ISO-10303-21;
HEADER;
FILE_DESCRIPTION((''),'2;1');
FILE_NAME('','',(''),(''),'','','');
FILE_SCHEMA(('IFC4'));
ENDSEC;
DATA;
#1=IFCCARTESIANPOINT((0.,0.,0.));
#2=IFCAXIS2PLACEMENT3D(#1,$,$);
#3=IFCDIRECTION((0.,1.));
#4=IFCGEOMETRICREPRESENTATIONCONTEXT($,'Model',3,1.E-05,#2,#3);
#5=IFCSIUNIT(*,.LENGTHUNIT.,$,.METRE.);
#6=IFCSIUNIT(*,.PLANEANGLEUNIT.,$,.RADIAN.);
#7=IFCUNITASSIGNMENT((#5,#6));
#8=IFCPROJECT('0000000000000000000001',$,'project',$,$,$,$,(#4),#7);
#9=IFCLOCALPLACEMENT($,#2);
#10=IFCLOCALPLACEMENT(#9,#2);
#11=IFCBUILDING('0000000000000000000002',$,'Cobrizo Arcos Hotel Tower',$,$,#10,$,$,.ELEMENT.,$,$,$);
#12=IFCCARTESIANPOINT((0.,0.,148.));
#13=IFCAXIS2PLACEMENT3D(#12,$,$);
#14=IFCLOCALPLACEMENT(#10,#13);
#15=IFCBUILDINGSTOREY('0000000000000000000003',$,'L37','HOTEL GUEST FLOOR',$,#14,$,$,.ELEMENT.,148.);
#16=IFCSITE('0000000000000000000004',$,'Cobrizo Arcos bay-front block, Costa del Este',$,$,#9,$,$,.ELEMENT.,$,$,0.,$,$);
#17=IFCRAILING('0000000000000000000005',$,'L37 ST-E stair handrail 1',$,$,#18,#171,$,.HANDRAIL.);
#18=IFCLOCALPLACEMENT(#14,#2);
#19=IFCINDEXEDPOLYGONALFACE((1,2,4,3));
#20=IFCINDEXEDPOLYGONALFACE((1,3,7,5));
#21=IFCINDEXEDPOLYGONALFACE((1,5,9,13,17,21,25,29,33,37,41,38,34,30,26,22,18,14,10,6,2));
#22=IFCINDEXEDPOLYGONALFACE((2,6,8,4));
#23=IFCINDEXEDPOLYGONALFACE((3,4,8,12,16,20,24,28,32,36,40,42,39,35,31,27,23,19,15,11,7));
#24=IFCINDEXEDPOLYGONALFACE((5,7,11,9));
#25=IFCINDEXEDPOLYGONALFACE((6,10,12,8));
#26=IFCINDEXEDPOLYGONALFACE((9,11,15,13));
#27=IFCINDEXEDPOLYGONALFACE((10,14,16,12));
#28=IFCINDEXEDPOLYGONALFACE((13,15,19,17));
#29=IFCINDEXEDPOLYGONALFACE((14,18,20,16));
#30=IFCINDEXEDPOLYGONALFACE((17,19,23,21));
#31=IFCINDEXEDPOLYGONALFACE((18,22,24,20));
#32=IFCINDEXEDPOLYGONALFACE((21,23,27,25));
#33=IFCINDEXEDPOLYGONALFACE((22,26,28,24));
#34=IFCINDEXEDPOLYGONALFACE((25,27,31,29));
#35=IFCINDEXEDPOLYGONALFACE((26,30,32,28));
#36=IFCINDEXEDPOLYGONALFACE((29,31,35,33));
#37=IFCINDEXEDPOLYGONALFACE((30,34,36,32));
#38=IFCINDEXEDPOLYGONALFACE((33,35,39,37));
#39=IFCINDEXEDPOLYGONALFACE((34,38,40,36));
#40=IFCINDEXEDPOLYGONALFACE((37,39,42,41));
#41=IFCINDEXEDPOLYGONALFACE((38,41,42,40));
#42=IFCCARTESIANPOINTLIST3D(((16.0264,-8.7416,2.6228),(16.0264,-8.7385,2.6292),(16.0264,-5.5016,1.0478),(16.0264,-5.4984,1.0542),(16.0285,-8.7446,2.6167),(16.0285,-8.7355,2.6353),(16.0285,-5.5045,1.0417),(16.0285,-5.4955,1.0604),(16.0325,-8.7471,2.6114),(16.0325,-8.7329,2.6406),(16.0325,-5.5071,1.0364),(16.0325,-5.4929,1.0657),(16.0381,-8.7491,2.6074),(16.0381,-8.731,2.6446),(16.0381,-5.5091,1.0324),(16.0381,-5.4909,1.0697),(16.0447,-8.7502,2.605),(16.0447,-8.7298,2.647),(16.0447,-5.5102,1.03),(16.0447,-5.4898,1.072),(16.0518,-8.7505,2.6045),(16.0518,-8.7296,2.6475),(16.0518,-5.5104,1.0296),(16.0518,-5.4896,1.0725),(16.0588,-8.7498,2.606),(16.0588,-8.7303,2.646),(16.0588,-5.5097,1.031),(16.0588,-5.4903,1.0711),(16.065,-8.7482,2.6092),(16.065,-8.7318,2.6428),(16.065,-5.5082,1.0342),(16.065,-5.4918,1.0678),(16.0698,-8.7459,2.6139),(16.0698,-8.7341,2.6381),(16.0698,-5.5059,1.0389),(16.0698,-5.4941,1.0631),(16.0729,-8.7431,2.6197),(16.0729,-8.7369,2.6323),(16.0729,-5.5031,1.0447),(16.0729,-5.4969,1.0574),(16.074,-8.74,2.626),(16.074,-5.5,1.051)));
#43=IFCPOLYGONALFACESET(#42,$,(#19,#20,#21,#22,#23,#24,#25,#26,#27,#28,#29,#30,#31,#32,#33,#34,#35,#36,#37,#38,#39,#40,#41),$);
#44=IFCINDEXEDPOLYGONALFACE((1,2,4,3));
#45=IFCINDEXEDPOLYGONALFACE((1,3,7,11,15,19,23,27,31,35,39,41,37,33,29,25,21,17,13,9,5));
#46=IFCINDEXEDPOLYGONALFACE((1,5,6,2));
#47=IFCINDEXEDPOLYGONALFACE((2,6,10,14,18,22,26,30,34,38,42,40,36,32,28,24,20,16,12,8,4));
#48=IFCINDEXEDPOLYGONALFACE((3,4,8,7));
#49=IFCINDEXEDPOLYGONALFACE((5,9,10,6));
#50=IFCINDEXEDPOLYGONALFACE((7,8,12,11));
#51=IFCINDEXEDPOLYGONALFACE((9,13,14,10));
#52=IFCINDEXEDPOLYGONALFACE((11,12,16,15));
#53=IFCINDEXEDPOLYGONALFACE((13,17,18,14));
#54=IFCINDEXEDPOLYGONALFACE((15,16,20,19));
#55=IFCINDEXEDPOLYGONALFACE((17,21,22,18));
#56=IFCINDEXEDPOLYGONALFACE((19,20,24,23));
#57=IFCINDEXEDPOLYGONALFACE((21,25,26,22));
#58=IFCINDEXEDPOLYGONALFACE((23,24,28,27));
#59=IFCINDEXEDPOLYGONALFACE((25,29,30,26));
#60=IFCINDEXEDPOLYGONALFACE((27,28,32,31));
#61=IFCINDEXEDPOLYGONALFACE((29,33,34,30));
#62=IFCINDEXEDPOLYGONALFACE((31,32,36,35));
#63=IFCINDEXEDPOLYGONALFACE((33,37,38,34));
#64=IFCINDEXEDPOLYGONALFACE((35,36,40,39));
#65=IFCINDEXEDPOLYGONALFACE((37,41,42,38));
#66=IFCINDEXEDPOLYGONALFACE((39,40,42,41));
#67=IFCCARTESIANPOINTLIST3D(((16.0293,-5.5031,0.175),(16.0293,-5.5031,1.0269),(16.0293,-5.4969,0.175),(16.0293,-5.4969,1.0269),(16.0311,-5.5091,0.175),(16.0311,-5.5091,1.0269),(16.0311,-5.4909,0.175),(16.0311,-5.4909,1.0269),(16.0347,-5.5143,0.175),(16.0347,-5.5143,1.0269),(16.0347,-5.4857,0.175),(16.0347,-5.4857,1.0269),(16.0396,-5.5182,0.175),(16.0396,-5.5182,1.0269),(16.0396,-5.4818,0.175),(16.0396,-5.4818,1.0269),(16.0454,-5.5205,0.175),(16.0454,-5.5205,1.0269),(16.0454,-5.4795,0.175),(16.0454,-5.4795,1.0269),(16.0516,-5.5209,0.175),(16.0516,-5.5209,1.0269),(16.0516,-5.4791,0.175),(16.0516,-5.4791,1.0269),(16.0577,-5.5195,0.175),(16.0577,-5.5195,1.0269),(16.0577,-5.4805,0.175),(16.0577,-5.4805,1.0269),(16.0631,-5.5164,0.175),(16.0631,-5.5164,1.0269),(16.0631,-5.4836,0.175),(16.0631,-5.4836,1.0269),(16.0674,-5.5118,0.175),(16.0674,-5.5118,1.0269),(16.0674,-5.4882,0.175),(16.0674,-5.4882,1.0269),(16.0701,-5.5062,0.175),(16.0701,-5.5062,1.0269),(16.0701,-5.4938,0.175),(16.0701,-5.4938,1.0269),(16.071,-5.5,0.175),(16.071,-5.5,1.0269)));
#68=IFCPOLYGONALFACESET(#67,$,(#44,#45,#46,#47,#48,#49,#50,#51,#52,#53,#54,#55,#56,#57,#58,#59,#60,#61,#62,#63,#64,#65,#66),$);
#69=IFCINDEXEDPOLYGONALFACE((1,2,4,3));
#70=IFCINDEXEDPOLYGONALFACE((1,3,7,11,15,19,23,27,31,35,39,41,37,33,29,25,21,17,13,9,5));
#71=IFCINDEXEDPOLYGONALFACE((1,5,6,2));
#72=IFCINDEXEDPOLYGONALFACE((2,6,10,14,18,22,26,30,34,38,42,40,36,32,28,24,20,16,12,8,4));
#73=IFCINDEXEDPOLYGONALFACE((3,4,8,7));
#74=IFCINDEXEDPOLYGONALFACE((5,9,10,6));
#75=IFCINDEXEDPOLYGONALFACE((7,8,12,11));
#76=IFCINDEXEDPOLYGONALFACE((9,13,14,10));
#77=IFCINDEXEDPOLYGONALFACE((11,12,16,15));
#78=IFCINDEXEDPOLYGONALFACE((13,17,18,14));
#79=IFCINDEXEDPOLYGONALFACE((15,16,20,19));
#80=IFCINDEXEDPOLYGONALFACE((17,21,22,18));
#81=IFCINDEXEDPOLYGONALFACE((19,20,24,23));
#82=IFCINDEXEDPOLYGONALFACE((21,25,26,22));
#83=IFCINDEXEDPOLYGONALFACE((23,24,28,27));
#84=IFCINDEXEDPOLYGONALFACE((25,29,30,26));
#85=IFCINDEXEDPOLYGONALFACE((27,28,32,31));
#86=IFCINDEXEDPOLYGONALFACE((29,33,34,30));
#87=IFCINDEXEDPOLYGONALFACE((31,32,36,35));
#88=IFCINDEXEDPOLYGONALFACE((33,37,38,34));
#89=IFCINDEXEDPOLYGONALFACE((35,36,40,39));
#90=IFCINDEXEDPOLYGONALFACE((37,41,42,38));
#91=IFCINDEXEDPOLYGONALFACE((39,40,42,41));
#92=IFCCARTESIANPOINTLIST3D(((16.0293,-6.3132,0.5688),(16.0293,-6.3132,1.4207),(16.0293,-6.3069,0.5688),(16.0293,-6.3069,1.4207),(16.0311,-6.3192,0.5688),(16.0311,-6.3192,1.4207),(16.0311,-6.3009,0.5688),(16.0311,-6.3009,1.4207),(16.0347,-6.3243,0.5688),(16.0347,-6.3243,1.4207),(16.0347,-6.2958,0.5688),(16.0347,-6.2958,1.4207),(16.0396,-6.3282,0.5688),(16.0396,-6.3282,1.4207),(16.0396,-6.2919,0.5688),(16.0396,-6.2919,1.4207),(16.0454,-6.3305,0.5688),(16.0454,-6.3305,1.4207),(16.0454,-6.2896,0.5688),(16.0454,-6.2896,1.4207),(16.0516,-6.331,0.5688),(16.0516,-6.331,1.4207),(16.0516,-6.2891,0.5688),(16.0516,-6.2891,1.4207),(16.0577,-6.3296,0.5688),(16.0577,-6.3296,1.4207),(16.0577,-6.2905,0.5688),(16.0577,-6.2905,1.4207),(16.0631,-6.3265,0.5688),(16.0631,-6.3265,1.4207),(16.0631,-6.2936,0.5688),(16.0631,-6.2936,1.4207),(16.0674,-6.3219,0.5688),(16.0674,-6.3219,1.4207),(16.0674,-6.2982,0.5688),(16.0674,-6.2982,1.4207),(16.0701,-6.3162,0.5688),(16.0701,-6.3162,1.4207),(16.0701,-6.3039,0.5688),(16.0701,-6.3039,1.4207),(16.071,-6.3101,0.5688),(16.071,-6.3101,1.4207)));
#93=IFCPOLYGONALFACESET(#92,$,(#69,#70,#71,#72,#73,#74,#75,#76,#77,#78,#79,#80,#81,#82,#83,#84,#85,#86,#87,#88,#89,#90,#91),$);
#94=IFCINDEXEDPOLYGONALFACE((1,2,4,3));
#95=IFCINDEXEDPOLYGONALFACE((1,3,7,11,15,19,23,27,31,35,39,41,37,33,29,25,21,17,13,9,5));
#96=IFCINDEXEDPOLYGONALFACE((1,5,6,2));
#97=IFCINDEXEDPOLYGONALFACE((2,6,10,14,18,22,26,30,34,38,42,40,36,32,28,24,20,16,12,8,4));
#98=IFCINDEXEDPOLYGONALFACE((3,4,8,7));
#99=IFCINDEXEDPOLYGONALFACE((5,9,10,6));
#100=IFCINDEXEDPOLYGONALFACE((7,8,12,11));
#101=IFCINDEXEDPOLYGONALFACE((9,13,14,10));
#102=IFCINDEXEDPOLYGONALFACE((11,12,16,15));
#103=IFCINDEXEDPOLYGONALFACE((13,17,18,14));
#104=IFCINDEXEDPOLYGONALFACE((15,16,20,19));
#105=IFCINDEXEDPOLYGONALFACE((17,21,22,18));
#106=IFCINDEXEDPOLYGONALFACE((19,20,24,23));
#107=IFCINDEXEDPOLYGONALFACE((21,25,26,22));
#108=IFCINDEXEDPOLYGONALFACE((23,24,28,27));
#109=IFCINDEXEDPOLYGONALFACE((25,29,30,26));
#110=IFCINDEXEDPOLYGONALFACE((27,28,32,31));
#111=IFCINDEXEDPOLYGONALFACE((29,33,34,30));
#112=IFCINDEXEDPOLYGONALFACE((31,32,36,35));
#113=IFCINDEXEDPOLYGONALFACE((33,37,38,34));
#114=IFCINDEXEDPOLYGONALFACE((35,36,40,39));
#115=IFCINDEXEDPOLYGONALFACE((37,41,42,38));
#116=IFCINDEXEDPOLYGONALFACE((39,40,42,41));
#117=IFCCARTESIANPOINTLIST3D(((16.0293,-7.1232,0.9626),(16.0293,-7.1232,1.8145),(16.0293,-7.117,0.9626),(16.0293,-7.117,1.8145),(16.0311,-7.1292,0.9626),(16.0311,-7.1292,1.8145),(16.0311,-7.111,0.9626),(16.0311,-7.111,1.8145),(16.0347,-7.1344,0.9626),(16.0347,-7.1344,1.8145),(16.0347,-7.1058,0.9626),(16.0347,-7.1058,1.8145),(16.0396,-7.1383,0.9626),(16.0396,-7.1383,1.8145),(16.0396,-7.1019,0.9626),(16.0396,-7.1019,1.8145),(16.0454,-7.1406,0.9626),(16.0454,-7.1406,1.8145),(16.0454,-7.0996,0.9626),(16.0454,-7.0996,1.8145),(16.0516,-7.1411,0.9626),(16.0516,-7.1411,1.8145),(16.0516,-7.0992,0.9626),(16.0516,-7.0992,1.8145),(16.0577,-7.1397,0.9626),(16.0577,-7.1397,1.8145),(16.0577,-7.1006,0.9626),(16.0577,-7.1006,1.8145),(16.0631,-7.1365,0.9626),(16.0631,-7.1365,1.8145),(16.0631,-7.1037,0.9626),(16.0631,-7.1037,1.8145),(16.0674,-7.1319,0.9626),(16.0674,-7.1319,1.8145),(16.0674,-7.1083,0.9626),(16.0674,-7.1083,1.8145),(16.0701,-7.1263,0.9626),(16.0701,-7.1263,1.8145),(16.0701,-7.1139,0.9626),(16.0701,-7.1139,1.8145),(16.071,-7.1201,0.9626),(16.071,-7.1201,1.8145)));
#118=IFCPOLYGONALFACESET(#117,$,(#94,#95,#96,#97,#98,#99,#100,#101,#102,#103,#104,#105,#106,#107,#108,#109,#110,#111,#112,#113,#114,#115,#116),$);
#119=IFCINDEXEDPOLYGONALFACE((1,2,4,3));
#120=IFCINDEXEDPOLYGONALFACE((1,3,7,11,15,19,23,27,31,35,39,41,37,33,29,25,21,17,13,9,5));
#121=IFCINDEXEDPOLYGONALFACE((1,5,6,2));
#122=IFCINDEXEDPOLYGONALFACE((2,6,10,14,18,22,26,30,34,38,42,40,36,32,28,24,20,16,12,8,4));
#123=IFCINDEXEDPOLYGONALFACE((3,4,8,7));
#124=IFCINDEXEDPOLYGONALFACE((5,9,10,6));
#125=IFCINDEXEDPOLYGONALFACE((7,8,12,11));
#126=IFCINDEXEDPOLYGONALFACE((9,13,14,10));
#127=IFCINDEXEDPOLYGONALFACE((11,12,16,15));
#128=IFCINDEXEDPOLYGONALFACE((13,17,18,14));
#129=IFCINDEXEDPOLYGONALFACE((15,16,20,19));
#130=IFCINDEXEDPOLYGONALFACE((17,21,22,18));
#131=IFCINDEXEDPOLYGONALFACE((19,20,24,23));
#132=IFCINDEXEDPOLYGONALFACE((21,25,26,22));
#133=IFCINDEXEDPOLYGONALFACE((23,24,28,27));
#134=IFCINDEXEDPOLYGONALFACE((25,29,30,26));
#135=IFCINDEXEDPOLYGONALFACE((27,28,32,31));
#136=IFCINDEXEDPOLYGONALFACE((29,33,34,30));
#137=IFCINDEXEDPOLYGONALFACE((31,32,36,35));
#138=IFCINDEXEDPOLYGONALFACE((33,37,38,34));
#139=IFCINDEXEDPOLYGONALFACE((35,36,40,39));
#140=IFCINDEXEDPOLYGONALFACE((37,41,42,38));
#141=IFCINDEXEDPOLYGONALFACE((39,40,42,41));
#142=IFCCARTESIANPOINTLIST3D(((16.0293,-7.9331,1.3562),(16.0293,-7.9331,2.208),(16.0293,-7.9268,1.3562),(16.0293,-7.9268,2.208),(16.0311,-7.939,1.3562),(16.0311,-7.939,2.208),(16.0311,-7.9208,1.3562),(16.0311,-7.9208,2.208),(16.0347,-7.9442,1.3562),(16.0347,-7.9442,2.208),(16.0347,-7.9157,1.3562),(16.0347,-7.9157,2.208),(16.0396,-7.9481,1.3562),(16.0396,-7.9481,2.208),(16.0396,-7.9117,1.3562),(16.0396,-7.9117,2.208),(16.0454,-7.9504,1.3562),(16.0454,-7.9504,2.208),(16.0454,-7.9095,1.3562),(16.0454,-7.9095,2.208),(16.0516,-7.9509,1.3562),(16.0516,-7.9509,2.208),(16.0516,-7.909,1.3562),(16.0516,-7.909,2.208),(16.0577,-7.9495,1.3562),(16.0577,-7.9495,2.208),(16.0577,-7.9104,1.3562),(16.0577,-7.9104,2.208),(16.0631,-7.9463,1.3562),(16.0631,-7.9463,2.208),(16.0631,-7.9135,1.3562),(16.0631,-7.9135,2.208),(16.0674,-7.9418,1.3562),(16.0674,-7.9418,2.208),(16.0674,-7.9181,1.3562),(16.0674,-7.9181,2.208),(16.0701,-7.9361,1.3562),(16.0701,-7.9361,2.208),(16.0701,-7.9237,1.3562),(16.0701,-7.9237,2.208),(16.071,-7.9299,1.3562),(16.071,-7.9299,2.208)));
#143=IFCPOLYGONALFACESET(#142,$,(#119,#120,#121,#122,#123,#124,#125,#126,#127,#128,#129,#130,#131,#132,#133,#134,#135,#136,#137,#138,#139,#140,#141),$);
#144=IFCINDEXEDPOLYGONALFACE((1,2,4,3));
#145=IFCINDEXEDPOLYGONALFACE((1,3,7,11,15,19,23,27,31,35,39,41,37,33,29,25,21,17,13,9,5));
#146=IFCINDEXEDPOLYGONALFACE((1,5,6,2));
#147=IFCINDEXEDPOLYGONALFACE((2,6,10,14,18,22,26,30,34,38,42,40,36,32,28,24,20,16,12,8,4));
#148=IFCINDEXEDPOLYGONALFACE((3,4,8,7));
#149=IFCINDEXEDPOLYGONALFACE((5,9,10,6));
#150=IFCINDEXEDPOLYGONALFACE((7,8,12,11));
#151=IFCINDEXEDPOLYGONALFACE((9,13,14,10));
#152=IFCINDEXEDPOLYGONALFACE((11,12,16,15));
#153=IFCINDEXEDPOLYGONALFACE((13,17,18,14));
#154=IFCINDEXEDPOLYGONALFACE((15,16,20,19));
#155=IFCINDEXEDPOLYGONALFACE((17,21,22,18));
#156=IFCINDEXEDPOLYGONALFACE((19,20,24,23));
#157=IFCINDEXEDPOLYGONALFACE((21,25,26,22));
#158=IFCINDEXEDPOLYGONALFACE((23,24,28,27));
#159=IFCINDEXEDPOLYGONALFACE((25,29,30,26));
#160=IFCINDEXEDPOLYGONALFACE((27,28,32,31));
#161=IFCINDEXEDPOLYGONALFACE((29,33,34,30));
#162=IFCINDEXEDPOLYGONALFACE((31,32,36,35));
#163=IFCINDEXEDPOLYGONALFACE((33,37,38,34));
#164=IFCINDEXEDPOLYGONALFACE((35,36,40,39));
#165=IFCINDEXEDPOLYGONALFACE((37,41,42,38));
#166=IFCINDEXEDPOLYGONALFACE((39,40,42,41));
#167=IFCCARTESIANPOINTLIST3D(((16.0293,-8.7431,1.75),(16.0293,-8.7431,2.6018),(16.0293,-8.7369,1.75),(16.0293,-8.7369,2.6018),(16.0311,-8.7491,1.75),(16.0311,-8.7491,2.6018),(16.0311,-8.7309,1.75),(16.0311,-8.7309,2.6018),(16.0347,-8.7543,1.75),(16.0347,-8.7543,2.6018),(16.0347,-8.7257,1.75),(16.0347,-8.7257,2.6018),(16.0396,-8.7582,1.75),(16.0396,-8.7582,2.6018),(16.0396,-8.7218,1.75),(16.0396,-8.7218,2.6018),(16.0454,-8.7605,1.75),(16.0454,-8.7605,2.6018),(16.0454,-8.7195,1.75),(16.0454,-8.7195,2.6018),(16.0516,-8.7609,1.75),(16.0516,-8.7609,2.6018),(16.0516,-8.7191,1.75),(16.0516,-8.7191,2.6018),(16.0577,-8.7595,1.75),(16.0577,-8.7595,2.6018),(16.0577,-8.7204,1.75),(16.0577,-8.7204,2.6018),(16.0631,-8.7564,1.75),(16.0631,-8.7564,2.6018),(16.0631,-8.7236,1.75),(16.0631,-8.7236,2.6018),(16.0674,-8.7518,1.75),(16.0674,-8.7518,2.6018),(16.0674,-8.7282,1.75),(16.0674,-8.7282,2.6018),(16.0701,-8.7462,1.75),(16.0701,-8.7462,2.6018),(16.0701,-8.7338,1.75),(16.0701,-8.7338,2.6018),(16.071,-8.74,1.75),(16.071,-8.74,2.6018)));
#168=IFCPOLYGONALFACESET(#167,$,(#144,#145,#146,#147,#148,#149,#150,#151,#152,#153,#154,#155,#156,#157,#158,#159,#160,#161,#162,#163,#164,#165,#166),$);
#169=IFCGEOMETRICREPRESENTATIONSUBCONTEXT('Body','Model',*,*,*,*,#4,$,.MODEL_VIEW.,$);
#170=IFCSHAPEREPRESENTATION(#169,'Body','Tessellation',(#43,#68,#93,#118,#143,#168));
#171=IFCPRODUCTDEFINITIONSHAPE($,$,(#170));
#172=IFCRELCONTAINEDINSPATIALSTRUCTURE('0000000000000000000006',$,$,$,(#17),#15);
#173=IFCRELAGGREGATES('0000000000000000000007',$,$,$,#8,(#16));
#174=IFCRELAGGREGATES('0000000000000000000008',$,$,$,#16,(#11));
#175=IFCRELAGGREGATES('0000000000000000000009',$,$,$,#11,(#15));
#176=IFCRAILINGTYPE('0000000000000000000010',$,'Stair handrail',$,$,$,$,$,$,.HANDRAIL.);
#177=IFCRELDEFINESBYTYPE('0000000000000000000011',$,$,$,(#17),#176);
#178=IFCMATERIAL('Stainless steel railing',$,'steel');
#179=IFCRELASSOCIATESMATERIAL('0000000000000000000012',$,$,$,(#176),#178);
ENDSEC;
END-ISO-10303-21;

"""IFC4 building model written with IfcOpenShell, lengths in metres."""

from ifc_helpers import new_model, si_unit, direction, frame, origin, origin_2d, place, context, subcontext, project, spatial, circle, extrude, material, type_object, element, save


model = new_model("IFC4")

# Units and contexts
model_context = context("Model", 3, precision=1e-05, world=origin(), true_north=direction((0.0, 1.0)))
body_context = subcontext(model_context, "Body", "Model", "MODEL_VIEW")
ifc_project = project(units=[si_unit("LENGTHUNIT", "METRE"), si_unit("PLANEANGLEUNIT", "RADIAN")], contexts=[model_context])

# Site, building, storey
site_placement = place(None, origin())
site = spatial("IfcSite", under=ifc_project, at=site_placement, Name="Cobrizo Arcos bay-front block, Costa del Este", CompositionType="ELEMENT", RefElevation=0.0)
building_placement = place(site_placement, origin())
building = spatial("IfcBuilding", under=site, at=building_placement, Name="Cobrizo Arcos Hotel Tower", CompositionType="ELEMENT")
storey_placement = place(building_placement, frame((0.0, 0.0, 148.0)))
storey = spatial("IfcBuildingStorey", under=building, at=storey_placement, Name="L37", Description="HOTEL GUEST FLOOR", CompositionType="ELEMENT", Elevation=148.0)

# Railing
ifc_material_1 = material(Name="Stainless steel railing", Category="steel")
railing_type_1 = type_object("IfcRailingType", Name="Stair handrail", PredefinedType="HANDRAIL", material=ifc_material_1)
railing_1_placement = place(storey_placement, frame((16.05, -5.5, 0.175)))
element("IfcRailing", 1, at=railing_1_placement, inside=storey, type_object=railing_type_1, Name="L37 ST-E stair handrail 1", PredefinedType="HANDRAIL", context=body_context, shape_type="SweptSolid", body=[
    extrude(circle(Radius=0.0239, at=origin_2d()), frame((0.0, 0.0, 0.876), z_axis=(0.0, -0.899373, 0.437183), x_axis=(1.0, 0.0, 0.0)), (0.0, 0.0, 1.0), 3.6025),
    extrude(circle(Radius=0.021, at=origin_2d()), origin(), (0.0, 0.0, 1.0), 0.8518),
    extrude(circle(Radius=0.021, at=origin_2d()), frame((0.0, -0.8101, 0.3938)), (0.0, 0.0, 1.0), 0.8518),
    extrude(circle(Radius=0.021, at=origin_2d()), frame((0.0, -1.6201, 0.7876)), (0.0, 0.0, 1.0), 0.8518),
    extrude(circle(Radius=0.021, at=origin_2d()), frame((0.0, -2.4299, 1.1812)), (0.0, 0.0, 1.0), 0.8518),
    extrude(circle(Radius=0.021, at=origin_2d()), frame((0.0, -3.24, 1.575)), (0.0, 0.0, 1.0), 0.8518),
])

save(model, "model.ifc")
